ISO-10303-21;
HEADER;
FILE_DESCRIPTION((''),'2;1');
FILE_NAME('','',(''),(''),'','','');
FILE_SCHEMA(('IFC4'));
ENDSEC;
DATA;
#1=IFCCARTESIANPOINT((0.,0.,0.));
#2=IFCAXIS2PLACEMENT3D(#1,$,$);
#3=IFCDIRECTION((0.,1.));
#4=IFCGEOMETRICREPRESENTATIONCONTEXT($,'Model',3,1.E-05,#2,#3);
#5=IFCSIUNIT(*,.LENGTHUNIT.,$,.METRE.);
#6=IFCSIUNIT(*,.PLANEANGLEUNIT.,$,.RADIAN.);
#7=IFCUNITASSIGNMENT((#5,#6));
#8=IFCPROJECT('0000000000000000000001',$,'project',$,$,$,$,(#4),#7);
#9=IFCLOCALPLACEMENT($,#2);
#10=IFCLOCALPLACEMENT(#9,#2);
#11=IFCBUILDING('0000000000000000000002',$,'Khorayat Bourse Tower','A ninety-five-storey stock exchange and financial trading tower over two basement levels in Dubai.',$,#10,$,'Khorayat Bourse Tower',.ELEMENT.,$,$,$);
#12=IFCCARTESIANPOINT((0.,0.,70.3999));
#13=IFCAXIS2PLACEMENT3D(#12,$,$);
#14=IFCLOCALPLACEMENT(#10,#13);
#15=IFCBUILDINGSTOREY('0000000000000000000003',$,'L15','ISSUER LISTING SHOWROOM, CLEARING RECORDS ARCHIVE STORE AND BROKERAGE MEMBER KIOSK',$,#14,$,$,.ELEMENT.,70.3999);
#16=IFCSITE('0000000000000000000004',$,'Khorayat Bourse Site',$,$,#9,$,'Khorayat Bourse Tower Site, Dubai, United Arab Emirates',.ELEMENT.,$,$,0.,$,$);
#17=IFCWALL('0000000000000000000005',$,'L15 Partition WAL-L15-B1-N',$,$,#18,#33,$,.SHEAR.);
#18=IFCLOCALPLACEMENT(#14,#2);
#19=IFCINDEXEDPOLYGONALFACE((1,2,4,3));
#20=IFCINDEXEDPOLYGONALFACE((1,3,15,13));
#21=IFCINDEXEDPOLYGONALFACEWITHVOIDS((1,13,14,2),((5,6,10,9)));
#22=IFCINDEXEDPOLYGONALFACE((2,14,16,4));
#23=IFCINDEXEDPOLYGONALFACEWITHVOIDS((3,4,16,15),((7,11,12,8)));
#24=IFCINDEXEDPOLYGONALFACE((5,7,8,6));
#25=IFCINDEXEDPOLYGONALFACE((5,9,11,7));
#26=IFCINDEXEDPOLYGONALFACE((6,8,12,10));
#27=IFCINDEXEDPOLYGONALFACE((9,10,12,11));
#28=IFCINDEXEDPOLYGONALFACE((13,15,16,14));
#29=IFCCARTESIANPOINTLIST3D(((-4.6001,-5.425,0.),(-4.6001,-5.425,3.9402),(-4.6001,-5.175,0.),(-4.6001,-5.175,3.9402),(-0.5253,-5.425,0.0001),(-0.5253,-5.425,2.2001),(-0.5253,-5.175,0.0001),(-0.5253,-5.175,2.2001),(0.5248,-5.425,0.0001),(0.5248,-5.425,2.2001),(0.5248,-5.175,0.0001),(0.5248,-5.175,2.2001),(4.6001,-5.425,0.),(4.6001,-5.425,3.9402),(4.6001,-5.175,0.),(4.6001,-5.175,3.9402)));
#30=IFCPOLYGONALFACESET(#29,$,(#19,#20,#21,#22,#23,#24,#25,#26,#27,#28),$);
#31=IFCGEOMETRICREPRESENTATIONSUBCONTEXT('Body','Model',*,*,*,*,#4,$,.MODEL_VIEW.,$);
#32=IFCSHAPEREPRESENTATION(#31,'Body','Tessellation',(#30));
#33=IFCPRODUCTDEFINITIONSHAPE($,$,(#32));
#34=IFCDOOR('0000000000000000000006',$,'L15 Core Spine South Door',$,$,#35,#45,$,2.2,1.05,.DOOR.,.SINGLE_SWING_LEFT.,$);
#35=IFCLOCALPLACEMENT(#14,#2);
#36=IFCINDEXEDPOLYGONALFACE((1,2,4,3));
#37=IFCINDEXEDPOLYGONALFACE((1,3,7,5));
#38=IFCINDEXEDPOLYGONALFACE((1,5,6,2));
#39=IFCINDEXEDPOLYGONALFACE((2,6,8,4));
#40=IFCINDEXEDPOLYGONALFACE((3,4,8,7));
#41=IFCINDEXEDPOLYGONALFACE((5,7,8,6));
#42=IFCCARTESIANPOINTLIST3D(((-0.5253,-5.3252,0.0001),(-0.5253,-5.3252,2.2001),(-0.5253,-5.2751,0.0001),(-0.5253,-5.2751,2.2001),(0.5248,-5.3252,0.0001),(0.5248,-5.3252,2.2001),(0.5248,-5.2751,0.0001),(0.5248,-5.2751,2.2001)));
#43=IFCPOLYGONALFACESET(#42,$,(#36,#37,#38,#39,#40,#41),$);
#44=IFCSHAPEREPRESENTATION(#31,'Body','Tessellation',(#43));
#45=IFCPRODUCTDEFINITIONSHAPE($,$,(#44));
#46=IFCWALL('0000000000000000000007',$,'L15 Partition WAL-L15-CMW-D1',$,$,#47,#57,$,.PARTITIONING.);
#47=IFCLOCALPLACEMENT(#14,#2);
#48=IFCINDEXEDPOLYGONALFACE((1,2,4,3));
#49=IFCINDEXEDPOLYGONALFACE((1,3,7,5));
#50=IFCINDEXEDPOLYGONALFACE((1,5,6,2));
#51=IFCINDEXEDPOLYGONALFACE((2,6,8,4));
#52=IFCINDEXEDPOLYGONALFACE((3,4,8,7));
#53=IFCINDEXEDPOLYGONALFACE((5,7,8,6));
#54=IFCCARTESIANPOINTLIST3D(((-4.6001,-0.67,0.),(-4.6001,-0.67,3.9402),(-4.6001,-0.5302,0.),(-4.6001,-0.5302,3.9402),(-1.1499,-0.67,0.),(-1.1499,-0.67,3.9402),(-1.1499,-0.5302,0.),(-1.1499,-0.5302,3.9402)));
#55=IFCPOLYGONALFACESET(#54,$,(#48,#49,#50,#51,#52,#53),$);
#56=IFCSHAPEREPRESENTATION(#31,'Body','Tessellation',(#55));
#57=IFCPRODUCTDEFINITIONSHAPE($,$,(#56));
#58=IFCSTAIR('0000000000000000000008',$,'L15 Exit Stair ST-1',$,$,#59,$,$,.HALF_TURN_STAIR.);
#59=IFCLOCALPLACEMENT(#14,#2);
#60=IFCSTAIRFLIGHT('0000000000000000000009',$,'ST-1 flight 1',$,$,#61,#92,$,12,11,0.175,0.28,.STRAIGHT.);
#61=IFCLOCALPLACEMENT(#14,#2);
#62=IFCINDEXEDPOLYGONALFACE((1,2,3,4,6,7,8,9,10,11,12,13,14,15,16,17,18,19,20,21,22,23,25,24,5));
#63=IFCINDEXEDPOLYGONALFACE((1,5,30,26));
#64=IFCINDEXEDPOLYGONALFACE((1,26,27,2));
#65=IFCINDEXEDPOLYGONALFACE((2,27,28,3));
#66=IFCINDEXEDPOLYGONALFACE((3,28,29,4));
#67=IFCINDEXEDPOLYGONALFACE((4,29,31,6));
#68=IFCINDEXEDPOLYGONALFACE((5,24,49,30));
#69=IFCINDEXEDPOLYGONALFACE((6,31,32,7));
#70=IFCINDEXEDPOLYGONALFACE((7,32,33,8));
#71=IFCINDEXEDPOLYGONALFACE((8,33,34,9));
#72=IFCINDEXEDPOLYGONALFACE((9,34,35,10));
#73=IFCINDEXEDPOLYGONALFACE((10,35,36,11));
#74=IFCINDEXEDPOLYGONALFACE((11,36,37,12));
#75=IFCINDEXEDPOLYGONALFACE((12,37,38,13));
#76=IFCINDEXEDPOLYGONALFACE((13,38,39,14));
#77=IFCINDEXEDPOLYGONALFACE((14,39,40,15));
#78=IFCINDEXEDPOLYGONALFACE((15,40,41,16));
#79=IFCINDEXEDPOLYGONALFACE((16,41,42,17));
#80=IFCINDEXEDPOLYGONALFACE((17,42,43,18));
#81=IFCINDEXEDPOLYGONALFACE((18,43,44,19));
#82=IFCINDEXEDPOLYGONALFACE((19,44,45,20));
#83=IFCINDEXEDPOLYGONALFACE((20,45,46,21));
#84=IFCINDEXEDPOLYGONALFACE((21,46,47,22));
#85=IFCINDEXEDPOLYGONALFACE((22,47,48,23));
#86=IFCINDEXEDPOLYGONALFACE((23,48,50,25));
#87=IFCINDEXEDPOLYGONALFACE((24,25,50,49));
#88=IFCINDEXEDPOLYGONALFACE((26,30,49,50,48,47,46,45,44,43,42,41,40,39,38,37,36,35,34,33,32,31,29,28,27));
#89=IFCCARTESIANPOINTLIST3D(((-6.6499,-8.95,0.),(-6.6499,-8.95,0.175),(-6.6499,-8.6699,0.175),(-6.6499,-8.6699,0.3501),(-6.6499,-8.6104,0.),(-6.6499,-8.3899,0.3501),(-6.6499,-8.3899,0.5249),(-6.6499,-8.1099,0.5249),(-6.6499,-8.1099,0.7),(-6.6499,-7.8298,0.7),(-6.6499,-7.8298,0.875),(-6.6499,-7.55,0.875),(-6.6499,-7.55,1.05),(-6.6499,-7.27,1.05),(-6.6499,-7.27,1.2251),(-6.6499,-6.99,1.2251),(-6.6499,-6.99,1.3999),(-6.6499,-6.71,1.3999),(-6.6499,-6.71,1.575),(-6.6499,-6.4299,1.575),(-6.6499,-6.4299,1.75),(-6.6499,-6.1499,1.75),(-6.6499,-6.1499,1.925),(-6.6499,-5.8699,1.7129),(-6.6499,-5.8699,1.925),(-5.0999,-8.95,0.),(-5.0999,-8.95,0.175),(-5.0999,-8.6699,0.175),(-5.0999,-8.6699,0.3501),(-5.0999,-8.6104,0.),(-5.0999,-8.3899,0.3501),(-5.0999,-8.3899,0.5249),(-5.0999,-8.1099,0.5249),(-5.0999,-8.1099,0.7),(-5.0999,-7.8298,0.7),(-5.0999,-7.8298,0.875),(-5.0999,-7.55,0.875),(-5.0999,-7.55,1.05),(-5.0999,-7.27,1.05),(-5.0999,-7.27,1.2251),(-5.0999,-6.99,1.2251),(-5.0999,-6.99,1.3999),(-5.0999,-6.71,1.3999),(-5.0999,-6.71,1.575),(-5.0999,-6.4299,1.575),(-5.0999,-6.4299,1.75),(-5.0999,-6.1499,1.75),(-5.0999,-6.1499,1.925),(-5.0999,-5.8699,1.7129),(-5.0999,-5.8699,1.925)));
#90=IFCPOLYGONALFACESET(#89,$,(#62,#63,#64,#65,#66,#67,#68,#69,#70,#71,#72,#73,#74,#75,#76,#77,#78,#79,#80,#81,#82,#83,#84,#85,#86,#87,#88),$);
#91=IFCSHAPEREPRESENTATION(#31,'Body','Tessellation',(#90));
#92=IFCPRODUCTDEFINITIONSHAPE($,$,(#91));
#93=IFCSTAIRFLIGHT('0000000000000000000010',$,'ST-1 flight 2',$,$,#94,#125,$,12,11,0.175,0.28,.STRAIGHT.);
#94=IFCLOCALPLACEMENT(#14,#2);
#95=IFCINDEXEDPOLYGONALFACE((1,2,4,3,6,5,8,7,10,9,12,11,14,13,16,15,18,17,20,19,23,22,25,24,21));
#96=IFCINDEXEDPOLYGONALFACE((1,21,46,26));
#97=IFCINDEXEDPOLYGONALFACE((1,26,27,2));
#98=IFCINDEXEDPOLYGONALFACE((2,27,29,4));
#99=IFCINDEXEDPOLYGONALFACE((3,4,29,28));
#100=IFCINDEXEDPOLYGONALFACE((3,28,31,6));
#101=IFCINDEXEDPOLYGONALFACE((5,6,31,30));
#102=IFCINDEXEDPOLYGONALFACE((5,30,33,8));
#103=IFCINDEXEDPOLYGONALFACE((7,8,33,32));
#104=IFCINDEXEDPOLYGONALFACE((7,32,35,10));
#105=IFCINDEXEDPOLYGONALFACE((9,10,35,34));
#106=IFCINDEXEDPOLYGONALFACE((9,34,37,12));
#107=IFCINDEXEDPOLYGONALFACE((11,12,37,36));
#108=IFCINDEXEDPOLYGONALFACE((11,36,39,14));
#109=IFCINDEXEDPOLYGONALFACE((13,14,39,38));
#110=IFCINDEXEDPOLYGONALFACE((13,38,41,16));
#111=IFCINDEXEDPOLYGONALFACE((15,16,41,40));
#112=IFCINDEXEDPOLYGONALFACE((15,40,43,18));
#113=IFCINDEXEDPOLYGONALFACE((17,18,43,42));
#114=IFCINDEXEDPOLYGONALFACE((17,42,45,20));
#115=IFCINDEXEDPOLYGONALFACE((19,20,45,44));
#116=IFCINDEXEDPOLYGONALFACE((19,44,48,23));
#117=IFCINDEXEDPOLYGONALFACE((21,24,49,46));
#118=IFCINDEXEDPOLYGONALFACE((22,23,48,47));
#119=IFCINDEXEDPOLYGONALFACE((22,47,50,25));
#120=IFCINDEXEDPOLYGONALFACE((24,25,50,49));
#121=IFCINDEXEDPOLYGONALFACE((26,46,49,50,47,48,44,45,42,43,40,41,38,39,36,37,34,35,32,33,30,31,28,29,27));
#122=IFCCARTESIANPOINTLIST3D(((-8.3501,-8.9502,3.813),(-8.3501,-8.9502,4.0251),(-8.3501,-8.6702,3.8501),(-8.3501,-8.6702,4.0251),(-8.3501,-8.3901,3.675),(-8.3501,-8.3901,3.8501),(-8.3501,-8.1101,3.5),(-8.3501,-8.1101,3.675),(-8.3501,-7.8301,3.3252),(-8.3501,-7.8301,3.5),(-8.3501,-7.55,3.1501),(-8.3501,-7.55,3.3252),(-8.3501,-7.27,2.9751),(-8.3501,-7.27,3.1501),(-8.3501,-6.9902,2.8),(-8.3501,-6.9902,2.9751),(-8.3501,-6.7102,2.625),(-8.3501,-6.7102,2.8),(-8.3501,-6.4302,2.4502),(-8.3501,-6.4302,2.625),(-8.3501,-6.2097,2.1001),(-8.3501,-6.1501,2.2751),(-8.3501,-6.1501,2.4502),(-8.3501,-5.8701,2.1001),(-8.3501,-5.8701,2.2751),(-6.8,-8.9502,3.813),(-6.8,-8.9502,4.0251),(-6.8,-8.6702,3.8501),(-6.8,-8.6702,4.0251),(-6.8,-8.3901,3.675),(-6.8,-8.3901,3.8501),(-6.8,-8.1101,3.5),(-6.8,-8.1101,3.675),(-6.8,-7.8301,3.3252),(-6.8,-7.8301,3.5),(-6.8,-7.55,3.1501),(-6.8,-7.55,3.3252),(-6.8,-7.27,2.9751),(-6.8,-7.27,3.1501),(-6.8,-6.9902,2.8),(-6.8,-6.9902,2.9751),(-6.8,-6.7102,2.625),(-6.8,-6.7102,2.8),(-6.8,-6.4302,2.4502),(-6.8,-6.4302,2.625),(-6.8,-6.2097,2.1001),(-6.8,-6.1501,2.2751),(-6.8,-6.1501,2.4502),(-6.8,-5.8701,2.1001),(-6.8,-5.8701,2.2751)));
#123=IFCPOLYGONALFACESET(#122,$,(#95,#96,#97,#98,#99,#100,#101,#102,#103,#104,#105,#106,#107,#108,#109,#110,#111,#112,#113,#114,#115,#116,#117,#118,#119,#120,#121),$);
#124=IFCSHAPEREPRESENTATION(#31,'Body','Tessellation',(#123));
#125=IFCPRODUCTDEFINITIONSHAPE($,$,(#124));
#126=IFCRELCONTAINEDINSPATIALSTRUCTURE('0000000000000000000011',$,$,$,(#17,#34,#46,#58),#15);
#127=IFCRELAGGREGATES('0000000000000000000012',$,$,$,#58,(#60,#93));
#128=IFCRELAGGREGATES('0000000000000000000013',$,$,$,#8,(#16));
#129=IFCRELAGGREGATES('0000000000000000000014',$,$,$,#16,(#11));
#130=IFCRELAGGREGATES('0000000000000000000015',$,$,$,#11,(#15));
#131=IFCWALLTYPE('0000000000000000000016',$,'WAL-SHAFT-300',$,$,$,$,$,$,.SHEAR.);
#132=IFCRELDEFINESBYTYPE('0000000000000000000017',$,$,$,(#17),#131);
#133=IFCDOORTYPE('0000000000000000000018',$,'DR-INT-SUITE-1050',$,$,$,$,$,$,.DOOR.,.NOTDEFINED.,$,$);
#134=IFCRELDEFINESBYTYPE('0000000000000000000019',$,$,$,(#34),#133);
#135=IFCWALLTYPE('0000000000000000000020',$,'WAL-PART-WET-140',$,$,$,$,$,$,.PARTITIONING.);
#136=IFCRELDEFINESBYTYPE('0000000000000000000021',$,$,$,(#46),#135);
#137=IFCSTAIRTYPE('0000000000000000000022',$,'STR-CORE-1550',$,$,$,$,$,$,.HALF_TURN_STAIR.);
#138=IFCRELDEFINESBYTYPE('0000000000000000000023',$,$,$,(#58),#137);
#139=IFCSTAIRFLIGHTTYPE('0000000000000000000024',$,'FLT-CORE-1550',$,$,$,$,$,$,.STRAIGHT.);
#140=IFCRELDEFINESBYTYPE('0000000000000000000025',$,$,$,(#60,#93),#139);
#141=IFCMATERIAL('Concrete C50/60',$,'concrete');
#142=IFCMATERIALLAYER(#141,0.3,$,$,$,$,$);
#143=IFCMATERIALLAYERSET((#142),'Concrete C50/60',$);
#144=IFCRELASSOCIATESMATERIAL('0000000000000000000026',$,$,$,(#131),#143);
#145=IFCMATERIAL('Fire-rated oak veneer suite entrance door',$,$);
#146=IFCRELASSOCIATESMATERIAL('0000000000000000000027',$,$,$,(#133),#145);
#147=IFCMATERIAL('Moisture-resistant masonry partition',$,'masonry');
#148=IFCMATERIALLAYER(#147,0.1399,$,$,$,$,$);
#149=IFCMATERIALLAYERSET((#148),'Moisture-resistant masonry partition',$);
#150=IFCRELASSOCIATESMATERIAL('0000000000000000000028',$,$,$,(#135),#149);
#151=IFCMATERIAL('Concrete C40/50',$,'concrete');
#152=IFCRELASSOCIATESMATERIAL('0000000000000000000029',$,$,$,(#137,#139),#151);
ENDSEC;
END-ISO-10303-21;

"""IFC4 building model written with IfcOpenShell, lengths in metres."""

from ifc_helpers import new_model, si_unit, direction, frame, frame_2d, origin, place, context, subcontext, project, spatial, polyline, rectangle, outline, extrude, source, transform, mapped, material, layer, layer_set, type_object, element, fill, aggregate, save


model = new_model("IFC4")

# Units and contexts
model_context = context("Model", 3, precision=1e-05, world=origin(), true_north=direction((0.0, 1.0)))
body_context = subcontext(model_context, "Body", "Model", "MODEL_VIEW")
ifc_project = project(units=[si_unit("LENGTHUNIT", "METRE"), si_unit("PLANEANGLEUNIT", "RADIAN")], contexts=[model_context])

# Site, building, storey
site_placement = place(None, origin())
site = spatial("IfcSite", under=ifc_project, at=site_placement, Name="Khorayat Bourse Site", LongName="Khorayat Bourse Tower Site, Dubai, United Arab Emirates", CompositionType="ELEMENT", RefElevation=0.0)
building_placement = place(site_placement, origin())
building = spatial("IfcBuilding", under=site, at=building_placement, Name="Khorayat Bourse Tower", Description="A ninety-five-storey stock exchange and financial trading tower over two basement levels in Dubai.", LongName="Khorayat Bourse Tower", CompositionType="ELEMENT")
storey_placement = place(building_placement, frame((0.0, 0.0, 70.3999)))
storey = spatial("IfcBuildingStorey", under=building, at=storey_placement, Name="L15", Description="ISSUER LISTING SHOWROOM, CLEARING RECORDS ARCHIVE STORE AND BROKERAGE MEMBER KIOSK", CompositionType="ELEMENT", Elevation=70.3999)

# Shared definitions
ifc_material_1 = material(Name="Concrete C50/60", Category="concrete")
ifc_layer_1 = layer(ifc_material_1, 0.3)
ifc_layer_set_1 = layer_set([ifc_layer_1], Name="Concrete C50/60")
wall_type_1 = type_object("IfcWallType", Name="WAL-SHAFT-300", PredefinedType="SHEAR", material=ifc_layer_set_1)

# Wall, opening, door
shared_shape_1 = source(origin(), body_context, "Body", "SweptSolid", [
    extrude(rectangle(XDim=9.2002, YDim=0.25, at=frame_2d((4.6001, 0.0))), origin(), (0.0, 0.0, 1.0), 3.9402),
])
wall_1_placement = place(storey_placement, frame((-4.6001, -5.3, 0.0), z_axis=(0.0, 0.0, 1.0), x_axis=(1.0, 0.0, 0.0)))
wall_1 = element("IfcWall", 1, at=wall_1_placement, inside=storey, type_object=wall_type_1, Name="L15 Partition WAL-L15-B1-N", PredefinedType="SHEAR", context=body_context, shape_type="MappedRepresentation", body=[
    mapped(shared_shape_1, transform((0.0, 0.0, 0.0), scale=1.0)),
])
shared_shape_2 = source(origin(), body_context, "Body", "SweptSolid", [
    extrude(rectangle(XDim=1.05, YDim=2.2, at=frame_2d((0.5249, 1.1001))), frame((0.0, 0.135, 0.0), z_axis=(0.0, -1.0, 0.0), x_axis=(1.0, 0.0, 0.0)), (0.0, 0.0, 1.0), 0.27),
])
opening_1_placement = place(wall_1_placement, frame((4.075, 0.0, 0.0)))
opening_1 = element("IfcOpeningElement", 2, at=opening_1_placement, cuts=wall_1, PredefinedType="OPENING", context=body_context, shape_type="MappedRepresentation", body=[
    mapped(shared_shape_2, transform((0.0, 0.0, 0.0), scale=1.0)),
])
ifc_material_2 = material(Name="Fire-rated oak veneer suite entrance door")
door_type_1 = type_object("IfcDoorType", Name="DR-INT-SUITE-1050", OperationType="NOTDEFINED", PredefinedType="DOOR", material=ifc_material_2)
shared_shape_3 = source(origin(), body_context, "Body", "SweptSolid", [
    extrude(rectangle(XDim=1.05, YDim=2.2, at=frame_2d((0.5249, 1.1001))), frame((0.0, 0.0249, 0.0), z_axis=(0.0, -1.0, 0.0), x_axis=(1.0, 0.0, 0.0)), (0.0, 0.0, 1.0), 0.05),
])
door_1_placement = place(opening_1_placement, origin())
door_1 = element("IfcDoor", 3, at=door_1_placement, inside=storey, type_object=door_type_1, Name="L15 Core Spine South Door", OperationType="SINGLE_SWING_LEFT", OverallHeight=2.2, OverallWidth=1.05, PredefinedType="DOOR", context=body_context, shape_type="MappedRepresentation", body=[
    mapped(shared_shape_3, transform((0.0, 0.0, 0.0), scale=1.0)),
])
fill(opening_1, door_1)

# Wall
ifc_material_3 = material(Name="Moisture-resistant masonry partition", Category="masonry")
ifc_layer_2 = layer(ifc_material_3, 0.1399)
ifc_layer_set_2 = layer_set([ifc_layer_2], Name="Moisture-resistant masonry partition")
wall_type_2 = type_object("IfcWallType", Name="WAL-PART-WET-140", PredefinedType="PARTITIONING", material=ifc_layer_set_2)
shared_shape_4 = source(origin(), body_context, "Body", "SweptSolid", [
    extrude(rectangle(XDim=3.4502, YDim=0.1399, at=frame_2d((1.7251, 0.0))), origin(), (0.0, 0.0, 1.0), 3.9402),
])
wall_2_placement = place(storey_placement, frame((-4.6001, -0.6001, 0.0), z_axis=(0.0, 0.0, 1.0), x_axis=(1.0, 0.0, 0.0)))
element("IfcWall", 4, at=wall_2_placement, inside=storey, type_object=wall_type_2, Name="L15 Partition WAL-L15-CMW-D1", PredefinedType="PARTITIONING", context=body_context, shape_type="MappedRepresentation", body=[
    mapped(shared_shape_4, transform((0.0, 0.0, 0.0), scale=1.0)),
])

# Stair, stair flights
ifc_material_4 = material(Name="Concrete C40/50", Category="concrete")
stair_type = type_object("IfcStairType", Name="STR-CORE-1550", PredefinedType="HALF_TURN_STAIR", material=ifc_material_4)
stair_placement = place(storey_placement, origin())
stair = element("IfcStair", 5, at=stair_placement, inside=storey, type_object=stair_type, Name="L15 Exit Stair ST-1", PredefinedType="HALF_TURN_STAIR")
stair_flight_type = type_object("IfcStairFlightType", Name="FLT-CORE-1550", PredefinedType="STRAIGHT", material=ifc_material_4)
shared_shape_5 = source(origin(), body_context, "Body", "SweptSolid", [
    extrude(outline(polyline([(0.0, 0.0), (0.0, 0.175), (0.28, 0.175), (0.28, 0.3501), (0.5601, 0.3501), (0.5601, 0.5249), (0.8401, 0.5249), (0.8401, 0.7), (1.1201, 0.7), (1.1201, 0.875), (1.3999, 0.875), (1.3999, 1.05), (1.6799, 1.05), (1.6799, 1.2251), (1.96, 1.2251), (1.96, 1.3999), (2.24, 1.3999), (2.24, 1.575), (2.52, 1.575), (2.52, 1.75), (2.8, 1.75), (2.8, 1.925), (3.0801, 1.925), (3.0801, 2.1001), (3.0801, 1.7129), (0.3396, 0.0), (0.0, 0.0)])), frame((0.0, 0.7749, 0.0), z_axis=(0.0, -1.0, 0.0), x_axis=(1.0, 0.0, 0.0)), (0.0, 0.0, 1.0), 1.55),
])
stair_flight_1_placement = place(storey_placement, frame((-5.875, -8.95, 0.0), z_axis=(0.0, 0.0, 1.0), x_axis=(0.0, 1.0, 0.0)))
stair_flight_1 = element("IfcStairFlight", 6, at=stair_flight_1_placement, type_object=stair_flight_type, Name="ST-1 flight 1", NumberOfRisers=12, NumberOfTreads=11, PredefinedType="STRAIGHT", RiserHeight=0.175, TreadLength=0.28, context=body_context, shape_type="MappedRepresentation", body=[
    mapped(shared_shape_5, transform((0.0, 0.0, 0.0), scale=1.0)),
])
stair_flight_2_placement = place(storey_placement, frame((-7.575, -5.8701, 2.1001), z_axis=(0.0, 0.0, 1.0), x_axis=(0.0, -1.0, 0.0)))
stair_flight_2 = element("IfcStairFlight", 7, at=stair_flight_2_placement, type_object=stair_flight_type, Name="ST-1 flight 2", NumberOfRisers=12, NumberOfTreads=11, PredefinedType="STRAIGHT", RiserHeight=0.175, TreadLength=0.28, context=body_context, shape_type="MappedRepresentation", body=[
    mapped(shared_shape_5, transform((0.0, 0.0, 0.0), scale=1.0)),
])
aggregate(stair, [stair_flight_1, stair_flight_2])

save(model, "model.ifc")
